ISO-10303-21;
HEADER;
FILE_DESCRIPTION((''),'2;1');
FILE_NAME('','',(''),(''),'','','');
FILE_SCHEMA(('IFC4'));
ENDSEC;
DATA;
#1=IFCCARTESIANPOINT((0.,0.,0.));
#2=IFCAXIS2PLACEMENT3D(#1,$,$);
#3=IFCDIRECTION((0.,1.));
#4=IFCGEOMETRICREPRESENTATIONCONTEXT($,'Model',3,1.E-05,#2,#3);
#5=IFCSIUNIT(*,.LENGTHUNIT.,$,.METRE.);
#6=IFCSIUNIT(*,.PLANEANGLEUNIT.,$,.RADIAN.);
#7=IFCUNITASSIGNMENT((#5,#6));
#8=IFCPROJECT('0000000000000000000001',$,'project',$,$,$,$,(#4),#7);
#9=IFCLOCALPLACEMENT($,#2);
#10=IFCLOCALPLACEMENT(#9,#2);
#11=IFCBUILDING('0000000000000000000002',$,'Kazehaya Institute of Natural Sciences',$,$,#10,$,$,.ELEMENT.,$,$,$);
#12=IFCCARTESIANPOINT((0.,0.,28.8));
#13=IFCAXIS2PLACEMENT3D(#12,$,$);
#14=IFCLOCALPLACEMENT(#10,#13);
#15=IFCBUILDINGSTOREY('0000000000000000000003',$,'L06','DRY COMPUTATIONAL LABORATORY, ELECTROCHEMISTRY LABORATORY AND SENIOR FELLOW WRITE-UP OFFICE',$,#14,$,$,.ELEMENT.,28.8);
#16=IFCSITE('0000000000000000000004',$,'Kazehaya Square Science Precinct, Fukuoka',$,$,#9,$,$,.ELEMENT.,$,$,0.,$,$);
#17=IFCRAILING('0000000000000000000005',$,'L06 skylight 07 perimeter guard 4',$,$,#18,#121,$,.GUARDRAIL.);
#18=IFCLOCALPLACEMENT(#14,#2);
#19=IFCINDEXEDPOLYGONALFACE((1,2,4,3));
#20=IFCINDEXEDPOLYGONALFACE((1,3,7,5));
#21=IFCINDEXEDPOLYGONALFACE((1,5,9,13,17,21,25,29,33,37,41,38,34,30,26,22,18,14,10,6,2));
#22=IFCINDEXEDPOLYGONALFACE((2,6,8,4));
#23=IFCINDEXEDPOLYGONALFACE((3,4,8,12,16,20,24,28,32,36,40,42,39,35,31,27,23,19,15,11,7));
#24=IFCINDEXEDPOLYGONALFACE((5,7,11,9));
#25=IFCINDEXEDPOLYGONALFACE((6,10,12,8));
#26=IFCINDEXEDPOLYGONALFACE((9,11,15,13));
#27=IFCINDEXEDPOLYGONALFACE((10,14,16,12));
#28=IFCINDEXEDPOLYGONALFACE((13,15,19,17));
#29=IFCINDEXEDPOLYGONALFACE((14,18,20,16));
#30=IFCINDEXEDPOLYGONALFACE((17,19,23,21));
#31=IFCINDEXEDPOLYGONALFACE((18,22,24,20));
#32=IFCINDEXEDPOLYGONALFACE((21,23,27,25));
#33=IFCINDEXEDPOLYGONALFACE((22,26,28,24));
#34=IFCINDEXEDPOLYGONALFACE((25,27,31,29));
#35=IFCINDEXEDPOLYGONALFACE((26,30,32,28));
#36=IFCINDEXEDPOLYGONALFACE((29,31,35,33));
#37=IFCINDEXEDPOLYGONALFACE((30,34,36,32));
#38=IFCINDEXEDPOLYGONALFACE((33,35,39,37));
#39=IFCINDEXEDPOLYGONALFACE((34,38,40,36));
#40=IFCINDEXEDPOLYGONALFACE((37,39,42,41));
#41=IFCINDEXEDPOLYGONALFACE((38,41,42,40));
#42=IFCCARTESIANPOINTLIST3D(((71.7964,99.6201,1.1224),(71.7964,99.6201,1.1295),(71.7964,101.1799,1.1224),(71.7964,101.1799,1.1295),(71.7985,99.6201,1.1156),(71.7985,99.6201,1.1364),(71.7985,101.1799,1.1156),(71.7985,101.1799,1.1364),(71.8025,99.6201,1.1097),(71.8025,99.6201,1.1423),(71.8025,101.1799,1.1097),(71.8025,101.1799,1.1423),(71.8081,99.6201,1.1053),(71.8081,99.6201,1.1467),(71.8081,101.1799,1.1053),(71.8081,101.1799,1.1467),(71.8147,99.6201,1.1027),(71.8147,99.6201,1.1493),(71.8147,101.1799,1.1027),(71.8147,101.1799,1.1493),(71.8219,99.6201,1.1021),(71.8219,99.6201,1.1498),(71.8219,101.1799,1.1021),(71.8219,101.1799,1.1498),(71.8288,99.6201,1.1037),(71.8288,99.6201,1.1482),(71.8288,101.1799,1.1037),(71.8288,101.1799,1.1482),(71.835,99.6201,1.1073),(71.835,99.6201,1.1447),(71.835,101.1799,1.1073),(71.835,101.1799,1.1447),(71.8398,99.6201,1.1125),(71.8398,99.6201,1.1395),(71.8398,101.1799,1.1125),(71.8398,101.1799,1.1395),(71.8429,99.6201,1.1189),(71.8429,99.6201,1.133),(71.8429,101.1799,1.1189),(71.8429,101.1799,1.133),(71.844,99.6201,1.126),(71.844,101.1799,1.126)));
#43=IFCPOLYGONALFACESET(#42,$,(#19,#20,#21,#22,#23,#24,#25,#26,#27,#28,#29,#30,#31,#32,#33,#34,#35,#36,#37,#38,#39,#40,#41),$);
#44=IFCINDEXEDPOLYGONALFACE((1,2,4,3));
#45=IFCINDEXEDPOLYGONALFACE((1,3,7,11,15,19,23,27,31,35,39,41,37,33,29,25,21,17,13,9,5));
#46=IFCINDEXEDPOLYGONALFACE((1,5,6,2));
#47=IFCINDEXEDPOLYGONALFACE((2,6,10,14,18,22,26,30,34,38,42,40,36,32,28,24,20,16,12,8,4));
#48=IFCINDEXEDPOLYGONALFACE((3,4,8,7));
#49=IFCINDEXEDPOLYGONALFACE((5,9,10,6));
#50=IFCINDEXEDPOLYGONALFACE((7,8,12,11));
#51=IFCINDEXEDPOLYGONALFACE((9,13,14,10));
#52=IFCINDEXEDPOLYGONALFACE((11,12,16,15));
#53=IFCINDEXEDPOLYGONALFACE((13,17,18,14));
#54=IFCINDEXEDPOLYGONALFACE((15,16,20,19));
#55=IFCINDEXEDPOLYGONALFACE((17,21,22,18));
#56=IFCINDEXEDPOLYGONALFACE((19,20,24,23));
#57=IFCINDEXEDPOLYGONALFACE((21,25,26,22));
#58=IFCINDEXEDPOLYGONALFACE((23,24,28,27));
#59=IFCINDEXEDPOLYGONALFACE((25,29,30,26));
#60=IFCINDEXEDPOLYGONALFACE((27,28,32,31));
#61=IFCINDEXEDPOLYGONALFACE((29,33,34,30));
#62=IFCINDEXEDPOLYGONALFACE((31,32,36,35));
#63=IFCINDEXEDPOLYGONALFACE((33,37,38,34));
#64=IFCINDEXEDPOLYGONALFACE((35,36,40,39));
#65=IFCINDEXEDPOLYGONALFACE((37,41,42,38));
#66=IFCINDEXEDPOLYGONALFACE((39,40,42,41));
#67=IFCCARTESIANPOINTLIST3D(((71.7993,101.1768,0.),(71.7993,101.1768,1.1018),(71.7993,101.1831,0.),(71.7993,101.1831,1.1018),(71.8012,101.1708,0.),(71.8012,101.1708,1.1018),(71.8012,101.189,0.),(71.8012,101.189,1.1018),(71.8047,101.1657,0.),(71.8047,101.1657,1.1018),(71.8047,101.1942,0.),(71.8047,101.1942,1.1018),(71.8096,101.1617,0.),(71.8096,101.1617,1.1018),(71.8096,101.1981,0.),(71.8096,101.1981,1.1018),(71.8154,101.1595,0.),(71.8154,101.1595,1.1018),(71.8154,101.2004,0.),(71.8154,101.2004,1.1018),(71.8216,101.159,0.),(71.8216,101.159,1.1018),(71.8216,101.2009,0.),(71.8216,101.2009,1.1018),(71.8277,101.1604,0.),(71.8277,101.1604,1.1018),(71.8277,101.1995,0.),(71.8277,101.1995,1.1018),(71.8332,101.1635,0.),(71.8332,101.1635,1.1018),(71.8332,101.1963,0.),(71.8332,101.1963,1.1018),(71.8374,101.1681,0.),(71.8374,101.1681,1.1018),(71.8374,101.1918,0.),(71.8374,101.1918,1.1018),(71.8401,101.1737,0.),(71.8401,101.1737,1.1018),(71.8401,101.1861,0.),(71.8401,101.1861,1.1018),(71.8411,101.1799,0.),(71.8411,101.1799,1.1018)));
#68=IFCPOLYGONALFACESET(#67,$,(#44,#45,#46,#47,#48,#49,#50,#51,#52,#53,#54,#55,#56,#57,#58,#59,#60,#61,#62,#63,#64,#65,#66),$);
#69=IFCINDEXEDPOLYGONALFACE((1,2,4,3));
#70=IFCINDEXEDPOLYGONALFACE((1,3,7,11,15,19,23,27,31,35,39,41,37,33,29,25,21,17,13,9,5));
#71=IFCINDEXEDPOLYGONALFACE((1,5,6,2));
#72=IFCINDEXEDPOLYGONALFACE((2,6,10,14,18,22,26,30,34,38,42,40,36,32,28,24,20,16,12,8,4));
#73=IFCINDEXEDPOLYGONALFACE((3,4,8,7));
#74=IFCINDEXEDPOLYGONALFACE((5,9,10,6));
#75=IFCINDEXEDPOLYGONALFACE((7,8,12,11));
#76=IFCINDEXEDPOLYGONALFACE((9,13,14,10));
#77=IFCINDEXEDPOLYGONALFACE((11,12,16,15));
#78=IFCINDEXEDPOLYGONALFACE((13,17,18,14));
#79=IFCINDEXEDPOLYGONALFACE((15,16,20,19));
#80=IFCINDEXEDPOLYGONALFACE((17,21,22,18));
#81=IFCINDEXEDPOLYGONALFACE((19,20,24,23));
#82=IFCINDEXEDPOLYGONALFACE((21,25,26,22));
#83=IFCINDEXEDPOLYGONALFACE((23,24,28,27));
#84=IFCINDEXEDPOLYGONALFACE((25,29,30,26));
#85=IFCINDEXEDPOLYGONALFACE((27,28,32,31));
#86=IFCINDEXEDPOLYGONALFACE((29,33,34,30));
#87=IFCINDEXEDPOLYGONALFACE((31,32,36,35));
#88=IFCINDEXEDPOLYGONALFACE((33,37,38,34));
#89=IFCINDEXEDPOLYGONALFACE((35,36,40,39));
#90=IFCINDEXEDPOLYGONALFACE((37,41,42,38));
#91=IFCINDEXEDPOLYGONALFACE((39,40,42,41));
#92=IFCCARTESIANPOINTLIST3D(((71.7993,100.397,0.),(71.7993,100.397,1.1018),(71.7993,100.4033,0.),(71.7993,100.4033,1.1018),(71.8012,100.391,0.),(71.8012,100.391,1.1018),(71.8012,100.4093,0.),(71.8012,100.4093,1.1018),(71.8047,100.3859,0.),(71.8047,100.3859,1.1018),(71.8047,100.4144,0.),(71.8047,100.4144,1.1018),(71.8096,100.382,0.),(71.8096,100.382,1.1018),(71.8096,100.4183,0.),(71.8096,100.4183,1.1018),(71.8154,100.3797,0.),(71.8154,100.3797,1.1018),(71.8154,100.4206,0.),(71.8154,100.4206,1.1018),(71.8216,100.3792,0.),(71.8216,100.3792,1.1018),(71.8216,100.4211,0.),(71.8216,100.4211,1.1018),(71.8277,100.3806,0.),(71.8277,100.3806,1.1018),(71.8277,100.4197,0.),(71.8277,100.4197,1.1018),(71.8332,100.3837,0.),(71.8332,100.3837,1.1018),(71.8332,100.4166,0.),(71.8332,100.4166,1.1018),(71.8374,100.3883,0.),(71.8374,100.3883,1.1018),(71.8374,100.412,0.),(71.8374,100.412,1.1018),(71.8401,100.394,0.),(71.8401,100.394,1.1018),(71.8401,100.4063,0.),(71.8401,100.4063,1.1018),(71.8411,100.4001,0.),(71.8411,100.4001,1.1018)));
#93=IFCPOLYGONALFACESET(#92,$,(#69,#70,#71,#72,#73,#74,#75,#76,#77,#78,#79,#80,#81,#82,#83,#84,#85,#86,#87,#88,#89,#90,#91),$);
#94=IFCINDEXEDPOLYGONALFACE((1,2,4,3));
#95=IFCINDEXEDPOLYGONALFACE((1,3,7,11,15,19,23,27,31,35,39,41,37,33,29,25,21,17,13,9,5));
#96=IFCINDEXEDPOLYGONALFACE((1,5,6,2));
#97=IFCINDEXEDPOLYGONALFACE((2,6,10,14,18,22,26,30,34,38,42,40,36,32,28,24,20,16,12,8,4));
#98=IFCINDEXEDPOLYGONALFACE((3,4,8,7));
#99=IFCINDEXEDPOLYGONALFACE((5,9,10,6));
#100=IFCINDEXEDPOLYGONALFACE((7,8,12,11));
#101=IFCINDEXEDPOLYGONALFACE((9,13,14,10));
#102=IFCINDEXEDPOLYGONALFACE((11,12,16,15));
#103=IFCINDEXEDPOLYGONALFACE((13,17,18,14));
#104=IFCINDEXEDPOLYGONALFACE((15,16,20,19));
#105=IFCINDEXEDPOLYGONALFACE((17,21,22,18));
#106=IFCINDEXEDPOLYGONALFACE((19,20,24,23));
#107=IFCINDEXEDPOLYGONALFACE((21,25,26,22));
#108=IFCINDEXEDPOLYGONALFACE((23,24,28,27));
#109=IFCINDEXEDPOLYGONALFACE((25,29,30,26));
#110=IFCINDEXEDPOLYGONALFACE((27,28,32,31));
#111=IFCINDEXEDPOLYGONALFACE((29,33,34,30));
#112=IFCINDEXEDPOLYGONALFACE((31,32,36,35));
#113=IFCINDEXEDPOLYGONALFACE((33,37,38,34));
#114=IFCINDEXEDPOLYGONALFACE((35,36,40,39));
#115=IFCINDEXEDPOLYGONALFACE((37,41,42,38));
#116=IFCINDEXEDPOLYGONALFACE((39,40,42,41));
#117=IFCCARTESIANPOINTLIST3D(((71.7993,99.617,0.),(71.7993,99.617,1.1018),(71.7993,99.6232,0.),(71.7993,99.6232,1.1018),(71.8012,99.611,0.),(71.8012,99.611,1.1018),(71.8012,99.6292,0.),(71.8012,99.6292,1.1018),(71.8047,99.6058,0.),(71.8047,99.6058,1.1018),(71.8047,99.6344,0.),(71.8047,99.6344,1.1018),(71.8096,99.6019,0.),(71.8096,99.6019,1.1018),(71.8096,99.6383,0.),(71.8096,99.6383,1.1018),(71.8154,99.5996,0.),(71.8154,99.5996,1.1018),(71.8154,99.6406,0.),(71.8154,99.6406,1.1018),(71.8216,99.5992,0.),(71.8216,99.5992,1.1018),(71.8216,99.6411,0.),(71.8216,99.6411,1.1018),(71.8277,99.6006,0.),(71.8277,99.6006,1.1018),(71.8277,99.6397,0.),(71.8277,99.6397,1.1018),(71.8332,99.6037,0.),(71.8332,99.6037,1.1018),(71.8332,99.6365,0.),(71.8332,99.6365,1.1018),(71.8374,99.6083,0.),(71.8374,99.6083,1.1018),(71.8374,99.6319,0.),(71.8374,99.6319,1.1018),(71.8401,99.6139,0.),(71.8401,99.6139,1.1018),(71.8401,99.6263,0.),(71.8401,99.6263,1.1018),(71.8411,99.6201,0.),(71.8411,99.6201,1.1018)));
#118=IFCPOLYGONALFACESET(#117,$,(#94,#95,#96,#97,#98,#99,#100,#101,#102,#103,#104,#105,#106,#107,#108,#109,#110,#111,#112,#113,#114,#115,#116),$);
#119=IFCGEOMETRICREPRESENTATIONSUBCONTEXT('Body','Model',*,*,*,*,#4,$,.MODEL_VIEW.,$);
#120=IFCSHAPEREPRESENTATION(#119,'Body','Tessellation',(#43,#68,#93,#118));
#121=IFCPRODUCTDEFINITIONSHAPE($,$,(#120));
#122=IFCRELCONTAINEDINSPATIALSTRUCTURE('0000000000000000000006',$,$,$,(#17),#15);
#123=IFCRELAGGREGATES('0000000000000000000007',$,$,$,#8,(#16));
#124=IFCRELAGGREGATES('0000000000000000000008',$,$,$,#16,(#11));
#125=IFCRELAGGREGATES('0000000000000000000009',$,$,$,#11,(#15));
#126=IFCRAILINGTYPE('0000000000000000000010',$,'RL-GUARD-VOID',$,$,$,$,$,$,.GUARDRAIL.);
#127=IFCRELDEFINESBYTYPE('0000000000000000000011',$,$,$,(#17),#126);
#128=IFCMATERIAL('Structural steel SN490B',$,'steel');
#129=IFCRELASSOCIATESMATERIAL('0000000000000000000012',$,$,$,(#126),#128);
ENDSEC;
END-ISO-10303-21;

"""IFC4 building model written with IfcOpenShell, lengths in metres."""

from ifc_helpers import new_model, si_unit, direction, frame, origin, origin_2d, place, context, subcontext, project, spatial, circle, extrude, material, type_object, element, save


model = new_model("IFC4")

# Units and contexts
model_context = context("Model", 3, precision=1e-05, world=origin(), true_north=direction((0.0, 1.0)))
body_context = subcontext(model_context, "Body", "Model", "MODEL_VIEW")
ifc_project = project(units=[si_unit("LENGTHUNIT", "METRE"), si_unit("PLANEANGLEUNIT", "RADIAN")], contexts=[model_context])

# Site, building, storey
site_placement = place(None, origin())
site = spatial("IfcSite", under=ifc_project, at=site_placement, Name="Kazehaya Square Science Precinct, Fukuoka", CompositionType="ELEMENT", RefElevation=0.0)
building_placement = place(site_placement, origin())
building = spatial("IfcBuilding", under=site, at=building_placement, Name="Kazehaya Institute of Natural Sciences", CompositionType="ELEMENT")
storey_placement = place(building_placement, frame((0.0, 0.0, 28.8)))
storey = spatial("IfcBuildingStorey", under=building, at=storey_placement, Name="L06", Description="DRY COMPUTATIONAL LABORATORY, ELECTROCHEMISTRY LABORATORY AND SENIOR FELLOW WRITE-UP OFFICE", CompositionType="ELEMENT", Elevation=28.8)

# Railing
ifc_material_1 = material(Name="Structural steel SN490B", Category="steel")
railing_type = type_object("IfcRailingType", Name="RL-GUARD-VOID", PredefinedType="GUARDRAIL", material=ifc_material_1)
railing_1_placement = place(storey_placement, frame((71.8201, 101.1799, 0.0)))
element("IfcRailing", 1, at=railing_1_placement, inside=storey, type_object=railing_type, Name="L06 skylight 07 perimeter guard 4", PredefinedType="GUARDRAIL", context=body_context, shape_type="SweptSolid", body=[
    extrude(circle(Radius=0.0239, at=origin_2d()), frame((0.0, 0.0, 1.126), z_axis=(0.0, -1.0, 0.0), x_axis=(1.0, 0.0, 0.0)), (0.0, 0.0, 1.0), 1.5598),
    extrude(circle(Radius=0.021, at=origin_2d()), origin(), (0.0, 0.0, 1.0), 1.1018),
    extrude(circle(Radius=0.021, at=origin_2d()), frame((0.0, -0.7798, 0.0)), (0.0, 0.0, 1.0), 1.1018),
    extrude(circle(Radius=0.021, at=origin_2d()), frame((0.0, -1.5598, 0.0)), (0.0, 0.0, 1.0), 1.1018),
])

save(model, "model.ifc")
